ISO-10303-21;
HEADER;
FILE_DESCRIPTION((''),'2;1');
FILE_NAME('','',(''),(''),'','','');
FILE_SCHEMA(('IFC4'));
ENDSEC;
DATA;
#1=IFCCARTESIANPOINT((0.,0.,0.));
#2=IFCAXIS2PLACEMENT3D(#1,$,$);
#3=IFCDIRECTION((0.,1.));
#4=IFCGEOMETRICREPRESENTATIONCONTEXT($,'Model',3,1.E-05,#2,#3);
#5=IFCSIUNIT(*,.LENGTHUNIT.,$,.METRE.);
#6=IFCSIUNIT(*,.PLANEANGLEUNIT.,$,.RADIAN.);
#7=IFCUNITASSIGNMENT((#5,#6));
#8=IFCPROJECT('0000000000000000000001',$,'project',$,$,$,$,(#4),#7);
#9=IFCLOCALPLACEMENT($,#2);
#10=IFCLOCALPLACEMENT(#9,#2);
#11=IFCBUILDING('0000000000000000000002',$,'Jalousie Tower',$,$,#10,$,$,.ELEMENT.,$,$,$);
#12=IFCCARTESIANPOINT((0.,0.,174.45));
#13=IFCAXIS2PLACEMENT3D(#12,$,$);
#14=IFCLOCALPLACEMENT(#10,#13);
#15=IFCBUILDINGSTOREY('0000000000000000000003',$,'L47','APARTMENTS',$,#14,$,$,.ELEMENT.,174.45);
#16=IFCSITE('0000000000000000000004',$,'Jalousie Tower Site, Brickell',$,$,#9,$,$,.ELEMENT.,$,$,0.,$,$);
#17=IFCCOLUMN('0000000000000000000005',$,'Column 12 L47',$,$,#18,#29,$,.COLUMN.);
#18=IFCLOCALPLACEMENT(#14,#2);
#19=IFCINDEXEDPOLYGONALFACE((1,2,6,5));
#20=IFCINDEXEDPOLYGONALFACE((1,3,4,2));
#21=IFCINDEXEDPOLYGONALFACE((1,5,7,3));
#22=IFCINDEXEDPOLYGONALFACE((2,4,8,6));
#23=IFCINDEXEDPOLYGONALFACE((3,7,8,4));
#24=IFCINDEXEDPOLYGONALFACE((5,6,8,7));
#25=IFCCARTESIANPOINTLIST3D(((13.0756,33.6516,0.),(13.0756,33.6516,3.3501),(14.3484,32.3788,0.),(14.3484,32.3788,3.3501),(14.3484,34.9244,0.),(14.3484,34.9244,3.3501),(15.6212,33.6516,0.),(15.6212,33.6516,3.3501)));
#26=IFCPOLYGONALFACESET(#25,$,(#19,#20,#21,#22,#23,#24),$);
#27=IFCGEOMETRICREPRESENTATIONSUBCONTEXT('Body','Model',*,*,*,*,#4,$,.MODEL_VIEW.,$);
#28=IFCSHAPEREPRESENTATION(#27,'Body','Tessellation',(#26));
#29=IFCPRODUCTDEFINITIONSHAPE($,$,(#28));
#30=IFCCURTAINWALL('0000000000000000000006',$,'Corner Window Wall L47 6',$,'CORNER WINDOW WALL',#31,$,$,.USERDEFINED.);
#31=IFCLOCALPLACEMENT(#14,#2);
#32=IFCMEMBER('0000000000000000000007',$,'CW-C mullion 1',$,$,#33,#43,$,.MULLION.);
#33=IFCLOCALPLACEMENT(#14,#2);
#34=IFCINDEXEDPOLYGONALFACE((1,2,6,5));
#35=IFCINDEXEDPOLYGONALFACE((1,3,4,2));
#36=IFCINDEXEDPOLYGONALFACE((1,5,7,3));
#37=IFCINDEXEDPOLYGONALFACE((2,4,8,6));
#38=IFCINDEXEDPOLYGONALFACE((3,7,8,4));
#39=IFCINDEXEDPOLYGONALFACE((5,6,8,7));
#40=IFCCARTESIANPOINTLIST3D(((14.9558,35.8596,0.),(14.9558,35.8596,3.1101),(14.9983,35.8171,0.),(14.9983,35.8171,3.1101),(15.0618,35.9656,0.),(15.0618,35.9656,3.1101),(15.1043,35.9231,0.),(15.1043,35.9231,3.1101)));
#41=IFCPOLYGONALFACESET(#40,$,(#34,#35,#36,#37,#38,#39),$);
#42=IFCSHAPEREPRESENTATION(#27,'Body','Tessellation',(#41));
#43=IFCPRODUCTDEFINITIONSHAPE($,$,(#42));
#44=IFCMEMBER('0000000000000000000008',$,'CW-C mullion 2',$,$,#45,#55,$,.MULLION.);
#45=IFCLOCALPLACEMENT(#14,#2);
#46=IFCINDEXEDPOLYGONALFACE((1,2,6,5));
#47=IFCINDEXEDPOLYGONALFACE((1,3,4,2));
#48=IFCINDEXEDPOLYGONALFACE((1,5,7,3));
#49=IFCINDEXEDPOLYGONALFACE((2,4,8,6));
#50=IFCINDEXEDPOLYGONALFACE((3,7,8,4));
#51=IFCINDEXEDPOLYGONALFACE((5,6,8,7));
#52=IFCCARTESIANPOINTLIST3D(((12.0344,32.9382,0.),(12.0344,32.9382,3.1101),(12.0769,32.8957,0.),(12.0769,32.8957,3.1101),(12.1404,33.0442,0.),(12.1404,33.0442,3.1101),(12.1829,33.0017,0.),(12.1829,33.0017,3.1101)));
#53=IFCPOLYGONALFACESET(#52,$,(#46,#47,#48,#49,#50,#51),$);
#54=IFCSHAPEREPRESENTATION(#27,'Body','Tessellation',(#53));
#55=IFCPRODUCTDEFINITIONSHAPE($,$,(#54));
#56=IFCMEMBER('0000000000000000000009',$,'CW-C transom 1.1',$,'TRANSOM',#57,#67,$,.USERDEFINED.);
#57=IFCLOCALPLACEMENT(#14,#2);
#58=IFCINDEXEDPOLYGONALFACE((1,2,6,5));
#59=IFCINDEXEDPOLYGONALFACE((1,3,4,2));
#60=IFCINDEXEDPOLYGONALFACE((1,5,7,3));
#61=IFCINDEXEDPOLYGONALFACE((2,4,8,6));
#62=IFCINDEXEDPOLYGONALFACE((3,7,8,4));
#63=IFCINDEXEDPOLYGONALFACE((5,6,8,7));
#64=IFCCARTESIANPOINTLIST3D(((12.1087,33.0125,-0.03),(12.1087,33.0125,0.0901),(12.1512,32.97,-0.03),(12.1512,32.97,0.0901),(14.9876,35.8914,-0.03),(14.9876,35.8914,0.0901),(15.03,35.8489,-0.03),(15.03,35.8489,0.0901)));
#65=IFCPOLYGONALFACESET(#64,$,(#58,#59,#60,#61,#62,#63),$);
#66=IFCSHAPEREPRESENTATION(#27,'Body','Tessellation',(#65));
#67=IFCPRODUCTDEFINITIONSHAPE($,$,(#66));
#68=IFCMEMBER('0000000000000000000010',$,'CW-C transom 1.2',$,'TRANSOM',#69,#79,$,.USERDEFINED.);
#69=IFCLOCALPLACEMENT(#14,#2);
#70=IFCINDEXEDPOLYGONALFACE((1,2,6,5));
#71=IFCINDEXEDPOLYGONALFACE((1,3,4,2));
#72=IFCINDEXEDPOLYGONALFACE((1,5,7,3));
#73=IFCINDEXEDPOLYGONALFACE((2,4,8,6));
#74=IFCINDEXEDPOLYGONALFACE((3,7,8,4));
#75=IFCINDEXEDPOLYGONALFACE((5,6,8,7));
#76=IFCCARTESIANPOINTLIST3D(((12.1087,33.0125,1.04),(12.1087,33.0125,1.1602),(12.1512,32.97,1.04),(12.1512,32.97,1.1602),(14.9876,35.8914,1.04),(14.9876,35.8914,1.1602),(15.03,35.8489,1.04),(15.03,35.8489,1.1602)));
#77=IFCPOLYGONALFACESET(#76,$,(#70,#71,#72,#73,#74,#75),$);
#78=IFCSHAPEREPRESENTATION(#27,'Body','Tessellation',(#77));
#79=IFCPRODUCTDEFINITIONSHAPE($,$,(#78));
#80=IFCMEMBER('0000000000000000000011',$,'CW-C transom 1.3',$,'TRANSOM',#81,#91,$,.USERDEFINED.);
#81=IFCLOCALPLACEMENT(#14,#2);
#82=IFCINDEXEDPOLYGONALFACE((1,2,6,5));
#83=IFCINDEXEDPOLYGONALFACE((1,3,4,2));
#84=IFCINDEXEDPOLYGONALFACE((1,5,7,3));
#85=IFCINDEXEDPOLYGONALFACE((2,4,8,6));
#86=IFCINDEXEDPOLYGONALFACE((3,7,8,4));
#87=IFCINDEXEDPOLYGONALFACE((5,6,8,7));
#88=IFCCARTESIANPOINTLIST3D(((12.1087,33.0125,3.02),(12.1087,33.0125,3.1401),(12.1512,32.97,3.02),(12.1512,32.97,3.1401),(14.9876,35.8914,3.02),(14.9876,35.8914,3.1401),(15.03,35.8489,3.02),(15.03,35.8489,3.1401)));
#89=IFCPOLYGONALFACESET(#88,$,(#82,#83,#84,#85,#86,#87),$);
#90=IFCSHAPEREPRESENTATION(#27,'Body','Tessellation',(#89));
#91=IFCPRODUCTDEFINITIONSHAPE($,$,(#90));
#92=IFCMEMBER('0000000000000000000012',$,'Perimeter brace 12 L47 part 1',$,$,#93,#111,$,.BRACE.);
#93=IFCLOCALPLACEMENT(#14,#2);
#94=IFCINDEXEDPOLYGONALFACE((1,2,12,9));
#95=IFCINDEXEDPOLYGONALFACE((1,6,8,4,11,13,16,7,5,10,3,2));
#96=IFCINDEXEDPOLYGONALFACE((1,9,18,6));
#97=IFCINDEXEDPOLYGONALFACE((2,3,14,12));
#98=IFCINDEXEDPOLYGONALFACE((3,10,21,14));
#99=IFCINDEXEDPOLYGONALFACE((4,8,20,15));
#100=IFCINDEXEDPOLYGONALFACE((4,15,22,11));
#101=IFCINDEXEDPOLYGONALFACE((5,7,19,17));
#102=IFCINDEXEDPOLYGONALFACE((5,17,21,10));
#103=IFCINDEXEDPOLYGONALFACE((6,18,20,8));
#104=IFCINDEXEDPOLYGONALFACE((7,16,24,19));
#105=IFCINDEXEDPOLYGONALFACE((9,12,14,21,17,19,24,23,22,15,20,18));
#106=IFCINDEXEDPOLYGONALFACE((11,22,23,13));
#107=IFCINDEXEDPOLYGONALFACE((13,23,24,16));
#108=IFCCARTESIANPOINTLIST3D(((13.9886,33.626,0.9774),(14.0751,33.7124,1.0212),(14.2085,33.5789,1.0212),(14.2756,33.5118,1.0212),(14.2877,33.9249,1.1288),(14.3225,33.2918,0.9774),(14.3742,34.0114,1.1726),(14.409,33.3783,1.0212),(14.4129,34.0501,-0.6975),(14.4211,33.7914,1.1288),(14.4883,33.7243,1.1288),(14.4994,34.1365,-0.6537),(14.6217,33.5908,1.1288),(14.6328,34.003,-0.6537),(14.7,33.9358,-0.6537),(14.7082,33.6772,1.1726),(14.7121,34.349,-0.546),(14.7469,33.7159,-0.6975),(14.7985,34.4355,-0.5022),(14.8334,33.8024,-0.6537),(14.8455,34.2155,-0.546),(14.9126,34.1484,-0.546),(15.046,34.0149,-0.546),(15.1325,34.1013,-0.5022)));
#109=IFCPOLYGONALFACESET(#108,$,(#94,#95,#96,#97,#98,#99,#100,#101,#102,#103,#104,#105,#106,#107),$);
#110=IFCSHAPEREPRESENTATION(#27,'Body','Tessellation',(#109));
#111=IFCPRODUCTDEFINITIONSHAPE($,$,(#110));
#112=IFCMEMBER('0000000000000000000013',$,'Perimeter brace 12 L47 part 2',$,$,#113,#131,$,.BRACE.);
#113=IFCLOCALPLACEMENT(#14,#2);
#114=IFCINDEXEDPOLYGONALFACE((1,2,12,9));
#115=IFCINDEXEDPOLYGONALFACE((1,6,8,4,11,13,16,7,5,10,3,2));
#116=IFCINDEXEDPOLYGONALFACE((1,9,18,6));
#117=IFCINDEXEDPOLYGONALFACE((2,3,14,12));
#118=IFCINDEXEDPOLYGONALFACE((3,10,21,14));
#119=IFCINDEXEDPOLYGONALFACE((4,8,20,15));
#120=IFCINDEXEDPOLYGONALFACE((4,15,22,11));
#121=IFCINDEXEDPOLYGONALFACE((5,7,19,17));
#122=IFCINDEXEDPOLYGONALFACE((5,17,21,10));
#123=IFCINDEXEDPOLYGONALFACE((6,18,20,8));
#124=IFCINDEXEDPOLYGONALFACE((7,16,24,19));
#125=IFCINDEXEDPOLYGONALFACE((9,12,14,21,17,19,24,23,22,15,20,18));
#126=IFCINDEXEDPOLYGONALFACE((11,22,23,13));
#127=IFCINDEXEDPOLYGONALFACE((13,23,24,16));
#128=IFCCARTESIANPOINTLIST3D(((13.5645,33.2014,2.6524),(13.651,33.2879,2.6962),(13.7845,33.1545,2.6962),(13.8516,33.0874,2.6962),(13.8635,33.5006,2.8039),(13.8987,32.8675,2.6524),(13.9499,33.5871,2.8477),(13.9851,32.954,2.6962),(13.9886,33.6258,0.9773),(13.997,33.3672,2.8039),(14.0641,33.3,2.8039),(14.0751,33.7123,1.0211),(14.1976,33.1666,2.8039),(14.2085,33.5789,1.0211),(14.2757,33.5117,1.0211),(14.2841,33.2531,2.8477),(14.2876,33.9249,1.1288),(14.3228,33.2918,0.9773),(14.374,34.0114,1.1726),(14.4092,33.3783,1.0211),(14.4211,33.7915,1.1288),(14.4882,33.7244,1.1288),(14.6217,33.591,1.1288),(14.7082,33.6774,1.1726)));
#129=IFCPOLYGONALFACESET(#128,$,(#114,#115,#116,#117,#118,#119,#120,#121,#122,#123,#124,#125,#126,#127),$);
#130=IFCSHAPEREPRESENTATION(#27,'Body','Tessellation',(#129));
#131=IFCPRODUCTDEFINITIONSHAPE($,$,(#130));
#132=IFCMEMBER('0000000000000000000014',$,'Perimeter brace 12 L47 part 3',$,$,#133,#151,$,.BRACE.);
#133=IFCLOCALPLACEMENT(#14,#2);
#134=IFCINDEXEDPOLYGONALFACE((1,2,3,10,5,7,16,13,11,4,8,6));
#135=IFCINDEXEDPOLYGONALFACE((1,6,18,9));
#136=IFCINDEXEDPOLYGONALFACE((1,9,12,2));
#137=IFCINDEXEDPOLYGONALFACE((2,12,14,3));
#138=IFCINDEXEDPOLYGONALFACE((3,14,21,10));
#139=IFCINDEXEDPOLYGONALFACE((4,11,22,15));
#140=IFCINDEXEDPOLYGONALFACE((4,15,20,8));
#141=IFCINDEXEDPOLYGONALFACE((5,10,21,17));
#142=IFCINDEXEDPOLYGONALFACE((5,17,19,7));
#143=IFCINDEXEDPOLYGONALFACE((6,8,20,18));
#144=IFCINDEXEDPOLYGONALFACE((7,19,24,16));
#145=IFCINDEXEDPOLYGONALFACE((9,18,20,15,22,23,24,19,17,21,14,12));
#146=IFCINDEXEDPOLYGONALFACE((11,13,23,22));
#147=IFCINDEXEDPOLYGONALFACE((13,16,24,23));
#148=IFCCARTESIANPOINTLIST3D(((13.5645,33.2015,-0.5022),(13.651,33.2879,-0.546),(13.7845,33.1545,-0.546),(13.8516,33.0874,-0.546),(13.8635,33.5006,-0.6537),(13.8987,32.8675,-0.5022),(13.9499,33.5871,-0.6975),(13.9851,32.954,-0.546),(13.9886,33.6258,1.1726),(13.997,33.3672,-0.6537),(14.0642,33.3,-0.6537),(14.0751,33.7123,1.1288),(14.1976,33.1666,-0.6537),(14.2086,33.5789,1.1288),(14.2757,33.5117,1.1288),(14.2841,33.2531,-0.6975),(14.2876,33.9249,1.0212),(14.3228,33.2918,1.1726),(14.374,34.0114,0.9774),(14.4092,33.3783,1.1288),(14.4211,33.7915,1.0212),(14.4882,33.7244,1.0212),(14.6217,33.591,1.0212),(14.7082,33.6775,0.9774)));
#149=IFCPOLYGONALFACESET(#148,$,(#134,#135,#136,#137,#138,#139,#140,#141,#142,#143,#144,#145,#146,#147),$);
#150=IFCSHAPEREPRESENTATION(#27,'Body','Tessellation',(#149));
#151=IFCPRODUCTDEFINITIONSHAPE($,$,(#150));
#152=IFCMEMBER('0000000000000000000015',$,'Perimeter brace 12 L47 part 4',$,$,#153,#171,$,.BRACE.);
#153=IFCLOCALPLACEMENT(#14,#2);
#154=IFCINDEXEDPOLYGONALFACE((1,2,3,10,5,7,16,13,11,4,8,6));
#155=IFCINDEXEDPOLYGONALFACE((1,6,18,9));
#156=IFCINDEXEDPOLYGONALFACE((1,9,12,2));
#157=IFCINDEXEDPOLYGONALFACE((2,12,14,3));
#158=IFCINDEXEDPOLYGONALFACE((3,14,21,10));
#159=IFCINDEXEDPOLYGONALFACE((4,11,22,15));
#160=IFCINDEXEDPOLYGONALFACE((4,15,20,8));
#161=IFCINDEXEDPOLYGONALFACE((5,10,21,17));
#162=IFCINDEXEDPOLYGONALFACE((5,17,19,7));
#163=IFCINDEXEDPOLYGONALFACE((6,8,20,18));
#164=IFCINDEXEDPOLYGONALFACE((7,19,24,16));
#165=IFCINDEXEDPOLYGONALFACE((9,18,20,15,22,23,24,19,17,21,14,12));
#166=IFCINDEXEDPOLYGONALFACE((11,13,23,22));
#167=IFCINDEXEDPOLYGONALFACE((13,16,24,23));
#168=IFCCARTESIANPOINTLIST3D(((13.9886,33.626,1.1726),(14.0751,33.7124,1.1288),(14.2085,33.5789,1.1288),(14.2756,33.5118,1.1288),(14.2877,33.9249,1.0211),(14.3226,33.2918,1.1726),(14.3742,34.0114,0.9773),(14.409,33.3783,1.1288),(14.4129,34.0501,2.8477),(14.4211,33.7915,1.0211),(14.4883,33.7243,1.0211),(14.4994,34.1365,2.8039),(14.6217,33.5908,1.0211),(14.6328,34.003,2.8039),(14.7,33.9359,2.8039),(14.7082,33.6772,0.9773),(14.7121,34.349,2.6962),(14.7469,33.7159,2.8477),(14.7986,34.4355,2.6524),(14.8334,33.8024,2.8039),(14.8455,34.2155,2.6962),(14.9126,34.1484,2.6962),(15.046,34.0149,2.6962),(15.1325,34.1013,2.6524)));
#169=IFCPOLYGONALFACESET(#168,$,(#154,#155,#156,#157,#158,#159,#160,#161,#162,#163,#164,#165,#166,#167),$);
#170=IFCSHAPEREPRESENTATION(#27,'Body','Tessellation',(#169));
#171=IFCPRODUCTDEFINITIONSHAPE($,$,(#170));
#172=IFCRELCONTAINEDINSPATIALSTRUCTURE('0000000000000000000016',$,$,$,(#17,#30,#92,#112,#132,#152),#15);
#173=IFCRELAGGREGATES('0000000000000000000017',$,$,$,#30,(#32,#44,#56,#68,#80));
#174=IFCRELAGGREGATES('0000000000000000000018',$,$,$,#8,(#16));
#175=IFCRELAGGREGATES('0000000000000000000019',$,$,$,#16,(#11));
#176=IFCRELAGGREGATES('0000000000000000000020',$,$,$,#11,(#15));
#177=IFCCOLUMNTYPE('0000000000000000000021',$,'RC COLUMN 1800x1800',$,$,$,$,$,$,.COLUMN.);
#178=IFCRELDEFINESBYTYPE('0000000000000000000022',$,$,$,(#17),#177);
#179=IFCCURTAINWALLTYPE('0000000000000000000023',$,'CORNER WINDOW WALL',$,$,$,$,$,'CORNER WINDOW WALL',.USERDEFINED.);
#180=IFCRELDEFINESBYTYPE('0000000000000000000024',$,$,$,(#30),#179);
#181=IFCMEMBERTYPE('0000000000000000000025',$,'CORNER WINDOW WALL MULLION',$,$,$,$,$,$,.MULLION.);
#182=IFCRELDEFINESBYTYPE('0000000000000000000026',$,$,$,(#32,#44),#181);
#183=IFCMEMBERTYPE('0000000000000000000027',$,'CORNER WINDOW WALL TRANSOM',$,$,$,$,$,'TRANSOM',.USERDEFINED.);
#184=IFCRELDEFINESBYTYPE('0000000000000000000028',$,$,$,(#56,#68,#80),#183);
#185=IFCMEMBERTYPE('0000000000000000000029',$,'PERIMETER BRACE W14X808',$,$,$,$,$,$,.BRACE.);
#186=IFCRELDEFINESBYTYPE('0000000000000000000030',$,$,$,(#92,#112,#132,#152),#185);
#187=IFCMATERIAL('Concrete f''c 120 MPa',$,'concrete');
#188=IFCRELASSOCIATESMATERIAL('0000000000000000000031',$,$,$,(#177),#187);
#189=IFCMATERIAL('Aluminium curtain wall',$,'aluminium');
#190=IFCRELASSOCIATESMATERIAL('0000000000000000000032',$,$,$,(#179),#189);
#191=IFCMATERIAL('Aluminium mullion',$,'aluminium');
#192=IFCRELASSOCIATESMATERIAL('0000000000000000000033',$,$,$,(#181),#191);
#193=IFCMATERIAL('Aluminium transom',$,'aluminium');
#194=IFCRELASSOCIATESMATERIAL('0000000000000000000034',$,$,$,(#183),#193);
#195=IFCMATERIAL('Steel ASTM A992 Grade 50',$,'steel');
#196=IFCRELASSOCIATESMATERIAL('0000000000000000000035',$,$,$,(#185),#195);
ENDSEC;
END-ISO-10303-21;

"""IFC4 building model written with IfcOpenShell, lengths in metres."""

from ifc_helpers import new_model, si_unit, direction, frame, origin, origin_2d, place, context, subcontext, project, spatial, rectangle, i_section, extrude, material, material_profile, profile_set, type_object, element, aggregate, save


model = new_model("IFC4")

# Units and contexts
model_context = context("Model", 3, precision=1e-05, world=origin(), true_north=direction((0.0, 1.0)))
body_context = subcontext(model_context, "Body", "Model", "MODEL_VIEW")
ifc_project = project(units=[si_unit("LENGTHUNIT", "METRE"), si_unit("PLANEANGLEUNIT", "RADIAN")], contexts=[model_context])

# Site, building, storey
site_placement = place(None, origin())
site = spatial("IfcSite", under=ifc_project, at=site_placement, Name="Jalousie Tower Site, Brickell", CompositionType="ELEMENT", RefElevation=0.0)
building_placement = place(site_placement, origin())
building = spatial("IfcBuilding", under=site, at=building_placement, Name="Jalousie Tower", CompositionType="ELEMENT")
storey_placement = place(building_placement, frame((0.0, 0.0, 174.45)))
storey = spatial("IfcBuildingStorey", under=building, at=storey_placement, Name="L47", Description="APARTMENTS", CompositionType="ELEMENT", Elevation=174.45)

# Column
ifc_material_1 = material(Name="Concrete f'c 120 MPa", Category="concrete")
ifc_material_profile_1 = material_profile(ifc_material_1, rectangle(XDim=1.8, YDim=1.8, at=origin_2d()), Name="RC 1800x1800")
ifc_profile_set_1 = profile_set([ifc_material_profile_1], Name="Concrete f'c 120 MPa")
column_type = type_object("IfcColumnType", Name="RC COLUMN 1800x1800", PredefinedType="COLUMN", material=ifc_profile_set_1)
column_placement = place(storey_placement, frame((14.3484, 33.6516, 0.0), z_axis=(0.0, 0.0, 1.0), x_axis=(0.707107, 0.707107, 0.0)))
element("IfcColumn", 1, at=column_placement, inside=storey, type_object=column_type, Name="Column 12 L47", PredefinedType="COLUMN", context=body_context, shape_type="SweptSolid", body=[
    extrude(rectangle(XDim=1.8, YDim=1.8, at=origin_2d()), origin(), (0.0, 0.0, 1.0), 3.3501),
])

# Curtain wall, members
ifc_material_2 = material(Name="Aluminium curtain wall", Category="aluminium")
curtain_wall_type_1 = type_object("IfcCurtainWallType", Name="CORNER WINDOW WALL", ElementType="CORNER WINDOW WALL", PredefinedType="USERDEFINED", material=ifc_material_2)
curtain_wall_1_placement = place(storey_placement, origin())
curtain_wall_1 = element("IfcCurtainWall", 2, at=curtain_wall_1_placement, inside=storey, type_object=curtain_wall_type_1, Name="Corner Window Wall L47 6", ObjectType="CORNER WINDOW WALL", PredefinedType="USERDEFINED")
ifc_material_3 = material(Name="Aluminium mullion", Category="aluminium")
ifc_material_profile_2 = material_profile(ifc_material_3, rectangle(XDim=0.0601, YDim=0.1499, at=origin_2d()), Name="MULLION 60x150")
ifc_profile_set_2 = profile_set([ifc_material_profile_2], Name="Aluminium mullion")
member_type_1 = type_object("IfcMemberType", Name="CORNER WINDOW WALL MULLION", PredefinedType="MULLION", material=ifc_profile_set_2)
member_1_placement = place(storey_placement, frame((15.03, 35.8914, 0.0), z_axis=(0.0, 0.0, 1.0), x_axis=(0.707107, -0.707107, 0.0)))
member_1 = element("IfcMember", 3, at=member_1_placement, type_object=member_type_1, Name="CW-C mullion 1", PredefinedType="MULLION", context=body_context, shape_type="SweptSolid", body=[
    extrude(rectangle(XDim=0.0601, YDim=0.1499, at=origin_2d()), origin(), (0.0, 0.0, 1.0), 3.1101),
])
member_2_placement = place(storey_placement, frame((12.1086, 32.97, 0.0), z_axis=(0.0, 0.0, 1.0), x_axis=(0.707107, -0.707107, 0.0)))
member_2 = element("IfcMember", 4, at=member_2_placement, type_object=member_type_1, Name="CW-C mullion 2", PredefinedType="MULLION", context=body_context, shape_type="SweptSolid", body=[
    extrude(rectangle(XDim=0.0601, YDim=0.1499, at=origin_2d()), origin(), (0.0, 0.0, 1.0), 3.1101),
])
ifc_material_4 = material(Name="Aluminium transom", Category="aluminium")
ifc_material_profile_3 = material_profile(ifc_material_4, rectangle(XDim=0.0601, YDim=0.1201, at=origin_2d()), Name="TRANSOM 60x120")
ifc_profile_set_3 = profile_set([ifc_material_profile_3], Name="Aluminium transom")
member_type_2 = type_object("IfcMemberType", Name="CORNER WINDOW WALL TRANSOM", ElementType="TRANSOM", PredefinedType="USERDEFINED", material=ifc_profile_set_3)
member_3_placement = place(storey_placement, frame((15.0088, 35.8701, 0.03), z_axis=(-0.707107, -0.707107, 0.0), x_axis=(0.707107, -0.707107, 0.0)))
member_3 = element("IfcMember", 5, at=member_3_placement, type_object=member_type_2, Name="CW-C transom 1.1", ObjectType="TRANSOM", PredefinedType="USERDEFINED", context=body_context, shape_type="SweptSolid", body=[
    extrude(rectangle(XDim=0.0601, YDim=0.1201, at=origin_2d()), origin(), (0.0, 0.0, 1.0), 4.0713),
])
member_4_placement = place(storey_placement, frame((15.0088, 35.8701, 1.1001), z_axis=(-0.707107, -0.707107, 0.0), x_axis=(0.707107, -0.707107, 0.0)))
member_4 = element("IfcMember", 6, at=member_4_placement, type_object=member_type_2, Name="CW-C transom 1.2", ObjectType="TRANSOM", PredefinedType="USERDEFINED", context=body_context, shape_type="SweptSolid", body=[
    extrude(rectangle(XDim=0.0601, YDim=0.1201, at=origin_2d()), origin(), (0.0, 0.0, 1.0), 4.0713),
])
member_5_placement = place(storey_placement, frame((15.0088, 35.8701, 3.0801), z_axis=(-0.707107, -0.707107, 0.0), x_axis=(0.707107, -0.707107, 0.0)))
member_5 = element("IfcMember", 7, at=member_5_placement, type_object=member_type_2, Name="CW-C transom 1.3", ObjectType="TRANSOM", PredefinedType="USERDEFINED", context=body_context, shape_type="SweptSolid", body=[
    extrude(rectangle(XDim=0.0601, YDim=0.1201, at=origin_2d()), origin(), (0.0, 0.0, 1.0), 4.0713),
])

# Members
ifc_material_5 = material(Name="Steel ASTM A992 Grade 50", Category="steel")
ifc_material_profile_4 = material_profile(ifc_material_5, i_section(OverallWidth=0.4724, OverallDepth=0.5791, WebThickness=0.095, FlangeThickness=0.1299, at=origin_2d()), Name="W14X808")
ifc_profile_set_4 = profile_set([ifc_material_profile_4], Name="Steel ASTM A992 Grade 50")
member_type_3 = type_object("IfcMemberType", Name="PERIMETER BRACE W14X808", PredefinedType="BRACE", material=ifc_profile_set_4)
member_6_placement = place(storey_placement, frame((14.7727, 34.0757, -0.5999), z_axis=(-0.238514, -0.238376, 0.941429), x_axis=(0.706903, -0.70731, 0.0)))
element("IfcMember", 8, at=member_6_placement, inside=storey, type_object=member_type_3, Name="Perimeter brace 12 L47 part 1", PredefinedType="BRACE", context=body_context, shape_type="SweptSolid", body=[
    extrude(i_section(OverallWidth=0.4724, OverallDepth=0.5791, WebThickness=0.095, FlangeThickness=0.1299, at=origin_2d()), origin(), (0.0, 0.0, 1.0), 1.7791),
])
member_7_placement = place(storey_placement, frame((14.3484, 33.6516, 1.075), z_axis=(-0.238346, -0.238483, 0.941444), x_axis=(0.70731, -0.706903, 0.0)))
element("IfcMember", 9, at=member_7_placement, inside=storey, type_object=member_type_3, Name="Perimeter brace 12 L47 part 2", PredefinedType="BRACE", context=body_context, shape_type="SweptSolid", body=[
    extrude(i_section(OverallWidth=0.4724, OverallDepth=0.5791, WebThickness=0.095, FlangeThickness=0.1299, at=origin_2d()), origin(), (0.0, 0.0, 1.0), 1.7793),
])
member_8_placement = place(storey_placement, frame((13.9243, 33.2273, -0.5999), z_axis=(0.238376, 0.238514, 0.941429), x_axis=(-0.70731, 0.706903, 0.0)))
element("IfcMember", 10, at=member_8_placement, inside=storey, type_object=member_type_3, Name="Perimeter brace 12 L47 part 3", PredefinedType="BRACE", context=body_context, shape_type="SweptSolid", body=[
    extrude(i_section(OverallWidth=0.4724, OverallDepth=0.5791, WebThickness=0.095, FlangeThickness=0.1299, at=origin_2d()), origin(), (0.0, 0.0, 1.0), 1.7791),
])
member_9_placement = place(storey_placement, frame((14.3484, 33.6516, 1.075), z_axis=(0.238483, 0.238346, 0.941444), x_axis=(-0.706903, 0.70731, 0.0)))
element("IfcMember", 11, at=member_9_placement, inside=storey, type_object=member_type_3, Name="Perimeter brace 12 L47 part 4", PredefinedType="BRACE", context=body_context, shape_type="SweptSolid", body=[
    extrude(i_section(OverallWidth=0.4724, OverallDepth=0.5791, WebThickness=0.095, FlangeThickness=0.1299, at=origin_2d()), origin(), (0.0, 0.0, 1.0), 1.7793),
])

aggregate(curtain_wall_1, [member_1, member_2, member_3, member_4, member_5])

save(model, "model.ifc")
